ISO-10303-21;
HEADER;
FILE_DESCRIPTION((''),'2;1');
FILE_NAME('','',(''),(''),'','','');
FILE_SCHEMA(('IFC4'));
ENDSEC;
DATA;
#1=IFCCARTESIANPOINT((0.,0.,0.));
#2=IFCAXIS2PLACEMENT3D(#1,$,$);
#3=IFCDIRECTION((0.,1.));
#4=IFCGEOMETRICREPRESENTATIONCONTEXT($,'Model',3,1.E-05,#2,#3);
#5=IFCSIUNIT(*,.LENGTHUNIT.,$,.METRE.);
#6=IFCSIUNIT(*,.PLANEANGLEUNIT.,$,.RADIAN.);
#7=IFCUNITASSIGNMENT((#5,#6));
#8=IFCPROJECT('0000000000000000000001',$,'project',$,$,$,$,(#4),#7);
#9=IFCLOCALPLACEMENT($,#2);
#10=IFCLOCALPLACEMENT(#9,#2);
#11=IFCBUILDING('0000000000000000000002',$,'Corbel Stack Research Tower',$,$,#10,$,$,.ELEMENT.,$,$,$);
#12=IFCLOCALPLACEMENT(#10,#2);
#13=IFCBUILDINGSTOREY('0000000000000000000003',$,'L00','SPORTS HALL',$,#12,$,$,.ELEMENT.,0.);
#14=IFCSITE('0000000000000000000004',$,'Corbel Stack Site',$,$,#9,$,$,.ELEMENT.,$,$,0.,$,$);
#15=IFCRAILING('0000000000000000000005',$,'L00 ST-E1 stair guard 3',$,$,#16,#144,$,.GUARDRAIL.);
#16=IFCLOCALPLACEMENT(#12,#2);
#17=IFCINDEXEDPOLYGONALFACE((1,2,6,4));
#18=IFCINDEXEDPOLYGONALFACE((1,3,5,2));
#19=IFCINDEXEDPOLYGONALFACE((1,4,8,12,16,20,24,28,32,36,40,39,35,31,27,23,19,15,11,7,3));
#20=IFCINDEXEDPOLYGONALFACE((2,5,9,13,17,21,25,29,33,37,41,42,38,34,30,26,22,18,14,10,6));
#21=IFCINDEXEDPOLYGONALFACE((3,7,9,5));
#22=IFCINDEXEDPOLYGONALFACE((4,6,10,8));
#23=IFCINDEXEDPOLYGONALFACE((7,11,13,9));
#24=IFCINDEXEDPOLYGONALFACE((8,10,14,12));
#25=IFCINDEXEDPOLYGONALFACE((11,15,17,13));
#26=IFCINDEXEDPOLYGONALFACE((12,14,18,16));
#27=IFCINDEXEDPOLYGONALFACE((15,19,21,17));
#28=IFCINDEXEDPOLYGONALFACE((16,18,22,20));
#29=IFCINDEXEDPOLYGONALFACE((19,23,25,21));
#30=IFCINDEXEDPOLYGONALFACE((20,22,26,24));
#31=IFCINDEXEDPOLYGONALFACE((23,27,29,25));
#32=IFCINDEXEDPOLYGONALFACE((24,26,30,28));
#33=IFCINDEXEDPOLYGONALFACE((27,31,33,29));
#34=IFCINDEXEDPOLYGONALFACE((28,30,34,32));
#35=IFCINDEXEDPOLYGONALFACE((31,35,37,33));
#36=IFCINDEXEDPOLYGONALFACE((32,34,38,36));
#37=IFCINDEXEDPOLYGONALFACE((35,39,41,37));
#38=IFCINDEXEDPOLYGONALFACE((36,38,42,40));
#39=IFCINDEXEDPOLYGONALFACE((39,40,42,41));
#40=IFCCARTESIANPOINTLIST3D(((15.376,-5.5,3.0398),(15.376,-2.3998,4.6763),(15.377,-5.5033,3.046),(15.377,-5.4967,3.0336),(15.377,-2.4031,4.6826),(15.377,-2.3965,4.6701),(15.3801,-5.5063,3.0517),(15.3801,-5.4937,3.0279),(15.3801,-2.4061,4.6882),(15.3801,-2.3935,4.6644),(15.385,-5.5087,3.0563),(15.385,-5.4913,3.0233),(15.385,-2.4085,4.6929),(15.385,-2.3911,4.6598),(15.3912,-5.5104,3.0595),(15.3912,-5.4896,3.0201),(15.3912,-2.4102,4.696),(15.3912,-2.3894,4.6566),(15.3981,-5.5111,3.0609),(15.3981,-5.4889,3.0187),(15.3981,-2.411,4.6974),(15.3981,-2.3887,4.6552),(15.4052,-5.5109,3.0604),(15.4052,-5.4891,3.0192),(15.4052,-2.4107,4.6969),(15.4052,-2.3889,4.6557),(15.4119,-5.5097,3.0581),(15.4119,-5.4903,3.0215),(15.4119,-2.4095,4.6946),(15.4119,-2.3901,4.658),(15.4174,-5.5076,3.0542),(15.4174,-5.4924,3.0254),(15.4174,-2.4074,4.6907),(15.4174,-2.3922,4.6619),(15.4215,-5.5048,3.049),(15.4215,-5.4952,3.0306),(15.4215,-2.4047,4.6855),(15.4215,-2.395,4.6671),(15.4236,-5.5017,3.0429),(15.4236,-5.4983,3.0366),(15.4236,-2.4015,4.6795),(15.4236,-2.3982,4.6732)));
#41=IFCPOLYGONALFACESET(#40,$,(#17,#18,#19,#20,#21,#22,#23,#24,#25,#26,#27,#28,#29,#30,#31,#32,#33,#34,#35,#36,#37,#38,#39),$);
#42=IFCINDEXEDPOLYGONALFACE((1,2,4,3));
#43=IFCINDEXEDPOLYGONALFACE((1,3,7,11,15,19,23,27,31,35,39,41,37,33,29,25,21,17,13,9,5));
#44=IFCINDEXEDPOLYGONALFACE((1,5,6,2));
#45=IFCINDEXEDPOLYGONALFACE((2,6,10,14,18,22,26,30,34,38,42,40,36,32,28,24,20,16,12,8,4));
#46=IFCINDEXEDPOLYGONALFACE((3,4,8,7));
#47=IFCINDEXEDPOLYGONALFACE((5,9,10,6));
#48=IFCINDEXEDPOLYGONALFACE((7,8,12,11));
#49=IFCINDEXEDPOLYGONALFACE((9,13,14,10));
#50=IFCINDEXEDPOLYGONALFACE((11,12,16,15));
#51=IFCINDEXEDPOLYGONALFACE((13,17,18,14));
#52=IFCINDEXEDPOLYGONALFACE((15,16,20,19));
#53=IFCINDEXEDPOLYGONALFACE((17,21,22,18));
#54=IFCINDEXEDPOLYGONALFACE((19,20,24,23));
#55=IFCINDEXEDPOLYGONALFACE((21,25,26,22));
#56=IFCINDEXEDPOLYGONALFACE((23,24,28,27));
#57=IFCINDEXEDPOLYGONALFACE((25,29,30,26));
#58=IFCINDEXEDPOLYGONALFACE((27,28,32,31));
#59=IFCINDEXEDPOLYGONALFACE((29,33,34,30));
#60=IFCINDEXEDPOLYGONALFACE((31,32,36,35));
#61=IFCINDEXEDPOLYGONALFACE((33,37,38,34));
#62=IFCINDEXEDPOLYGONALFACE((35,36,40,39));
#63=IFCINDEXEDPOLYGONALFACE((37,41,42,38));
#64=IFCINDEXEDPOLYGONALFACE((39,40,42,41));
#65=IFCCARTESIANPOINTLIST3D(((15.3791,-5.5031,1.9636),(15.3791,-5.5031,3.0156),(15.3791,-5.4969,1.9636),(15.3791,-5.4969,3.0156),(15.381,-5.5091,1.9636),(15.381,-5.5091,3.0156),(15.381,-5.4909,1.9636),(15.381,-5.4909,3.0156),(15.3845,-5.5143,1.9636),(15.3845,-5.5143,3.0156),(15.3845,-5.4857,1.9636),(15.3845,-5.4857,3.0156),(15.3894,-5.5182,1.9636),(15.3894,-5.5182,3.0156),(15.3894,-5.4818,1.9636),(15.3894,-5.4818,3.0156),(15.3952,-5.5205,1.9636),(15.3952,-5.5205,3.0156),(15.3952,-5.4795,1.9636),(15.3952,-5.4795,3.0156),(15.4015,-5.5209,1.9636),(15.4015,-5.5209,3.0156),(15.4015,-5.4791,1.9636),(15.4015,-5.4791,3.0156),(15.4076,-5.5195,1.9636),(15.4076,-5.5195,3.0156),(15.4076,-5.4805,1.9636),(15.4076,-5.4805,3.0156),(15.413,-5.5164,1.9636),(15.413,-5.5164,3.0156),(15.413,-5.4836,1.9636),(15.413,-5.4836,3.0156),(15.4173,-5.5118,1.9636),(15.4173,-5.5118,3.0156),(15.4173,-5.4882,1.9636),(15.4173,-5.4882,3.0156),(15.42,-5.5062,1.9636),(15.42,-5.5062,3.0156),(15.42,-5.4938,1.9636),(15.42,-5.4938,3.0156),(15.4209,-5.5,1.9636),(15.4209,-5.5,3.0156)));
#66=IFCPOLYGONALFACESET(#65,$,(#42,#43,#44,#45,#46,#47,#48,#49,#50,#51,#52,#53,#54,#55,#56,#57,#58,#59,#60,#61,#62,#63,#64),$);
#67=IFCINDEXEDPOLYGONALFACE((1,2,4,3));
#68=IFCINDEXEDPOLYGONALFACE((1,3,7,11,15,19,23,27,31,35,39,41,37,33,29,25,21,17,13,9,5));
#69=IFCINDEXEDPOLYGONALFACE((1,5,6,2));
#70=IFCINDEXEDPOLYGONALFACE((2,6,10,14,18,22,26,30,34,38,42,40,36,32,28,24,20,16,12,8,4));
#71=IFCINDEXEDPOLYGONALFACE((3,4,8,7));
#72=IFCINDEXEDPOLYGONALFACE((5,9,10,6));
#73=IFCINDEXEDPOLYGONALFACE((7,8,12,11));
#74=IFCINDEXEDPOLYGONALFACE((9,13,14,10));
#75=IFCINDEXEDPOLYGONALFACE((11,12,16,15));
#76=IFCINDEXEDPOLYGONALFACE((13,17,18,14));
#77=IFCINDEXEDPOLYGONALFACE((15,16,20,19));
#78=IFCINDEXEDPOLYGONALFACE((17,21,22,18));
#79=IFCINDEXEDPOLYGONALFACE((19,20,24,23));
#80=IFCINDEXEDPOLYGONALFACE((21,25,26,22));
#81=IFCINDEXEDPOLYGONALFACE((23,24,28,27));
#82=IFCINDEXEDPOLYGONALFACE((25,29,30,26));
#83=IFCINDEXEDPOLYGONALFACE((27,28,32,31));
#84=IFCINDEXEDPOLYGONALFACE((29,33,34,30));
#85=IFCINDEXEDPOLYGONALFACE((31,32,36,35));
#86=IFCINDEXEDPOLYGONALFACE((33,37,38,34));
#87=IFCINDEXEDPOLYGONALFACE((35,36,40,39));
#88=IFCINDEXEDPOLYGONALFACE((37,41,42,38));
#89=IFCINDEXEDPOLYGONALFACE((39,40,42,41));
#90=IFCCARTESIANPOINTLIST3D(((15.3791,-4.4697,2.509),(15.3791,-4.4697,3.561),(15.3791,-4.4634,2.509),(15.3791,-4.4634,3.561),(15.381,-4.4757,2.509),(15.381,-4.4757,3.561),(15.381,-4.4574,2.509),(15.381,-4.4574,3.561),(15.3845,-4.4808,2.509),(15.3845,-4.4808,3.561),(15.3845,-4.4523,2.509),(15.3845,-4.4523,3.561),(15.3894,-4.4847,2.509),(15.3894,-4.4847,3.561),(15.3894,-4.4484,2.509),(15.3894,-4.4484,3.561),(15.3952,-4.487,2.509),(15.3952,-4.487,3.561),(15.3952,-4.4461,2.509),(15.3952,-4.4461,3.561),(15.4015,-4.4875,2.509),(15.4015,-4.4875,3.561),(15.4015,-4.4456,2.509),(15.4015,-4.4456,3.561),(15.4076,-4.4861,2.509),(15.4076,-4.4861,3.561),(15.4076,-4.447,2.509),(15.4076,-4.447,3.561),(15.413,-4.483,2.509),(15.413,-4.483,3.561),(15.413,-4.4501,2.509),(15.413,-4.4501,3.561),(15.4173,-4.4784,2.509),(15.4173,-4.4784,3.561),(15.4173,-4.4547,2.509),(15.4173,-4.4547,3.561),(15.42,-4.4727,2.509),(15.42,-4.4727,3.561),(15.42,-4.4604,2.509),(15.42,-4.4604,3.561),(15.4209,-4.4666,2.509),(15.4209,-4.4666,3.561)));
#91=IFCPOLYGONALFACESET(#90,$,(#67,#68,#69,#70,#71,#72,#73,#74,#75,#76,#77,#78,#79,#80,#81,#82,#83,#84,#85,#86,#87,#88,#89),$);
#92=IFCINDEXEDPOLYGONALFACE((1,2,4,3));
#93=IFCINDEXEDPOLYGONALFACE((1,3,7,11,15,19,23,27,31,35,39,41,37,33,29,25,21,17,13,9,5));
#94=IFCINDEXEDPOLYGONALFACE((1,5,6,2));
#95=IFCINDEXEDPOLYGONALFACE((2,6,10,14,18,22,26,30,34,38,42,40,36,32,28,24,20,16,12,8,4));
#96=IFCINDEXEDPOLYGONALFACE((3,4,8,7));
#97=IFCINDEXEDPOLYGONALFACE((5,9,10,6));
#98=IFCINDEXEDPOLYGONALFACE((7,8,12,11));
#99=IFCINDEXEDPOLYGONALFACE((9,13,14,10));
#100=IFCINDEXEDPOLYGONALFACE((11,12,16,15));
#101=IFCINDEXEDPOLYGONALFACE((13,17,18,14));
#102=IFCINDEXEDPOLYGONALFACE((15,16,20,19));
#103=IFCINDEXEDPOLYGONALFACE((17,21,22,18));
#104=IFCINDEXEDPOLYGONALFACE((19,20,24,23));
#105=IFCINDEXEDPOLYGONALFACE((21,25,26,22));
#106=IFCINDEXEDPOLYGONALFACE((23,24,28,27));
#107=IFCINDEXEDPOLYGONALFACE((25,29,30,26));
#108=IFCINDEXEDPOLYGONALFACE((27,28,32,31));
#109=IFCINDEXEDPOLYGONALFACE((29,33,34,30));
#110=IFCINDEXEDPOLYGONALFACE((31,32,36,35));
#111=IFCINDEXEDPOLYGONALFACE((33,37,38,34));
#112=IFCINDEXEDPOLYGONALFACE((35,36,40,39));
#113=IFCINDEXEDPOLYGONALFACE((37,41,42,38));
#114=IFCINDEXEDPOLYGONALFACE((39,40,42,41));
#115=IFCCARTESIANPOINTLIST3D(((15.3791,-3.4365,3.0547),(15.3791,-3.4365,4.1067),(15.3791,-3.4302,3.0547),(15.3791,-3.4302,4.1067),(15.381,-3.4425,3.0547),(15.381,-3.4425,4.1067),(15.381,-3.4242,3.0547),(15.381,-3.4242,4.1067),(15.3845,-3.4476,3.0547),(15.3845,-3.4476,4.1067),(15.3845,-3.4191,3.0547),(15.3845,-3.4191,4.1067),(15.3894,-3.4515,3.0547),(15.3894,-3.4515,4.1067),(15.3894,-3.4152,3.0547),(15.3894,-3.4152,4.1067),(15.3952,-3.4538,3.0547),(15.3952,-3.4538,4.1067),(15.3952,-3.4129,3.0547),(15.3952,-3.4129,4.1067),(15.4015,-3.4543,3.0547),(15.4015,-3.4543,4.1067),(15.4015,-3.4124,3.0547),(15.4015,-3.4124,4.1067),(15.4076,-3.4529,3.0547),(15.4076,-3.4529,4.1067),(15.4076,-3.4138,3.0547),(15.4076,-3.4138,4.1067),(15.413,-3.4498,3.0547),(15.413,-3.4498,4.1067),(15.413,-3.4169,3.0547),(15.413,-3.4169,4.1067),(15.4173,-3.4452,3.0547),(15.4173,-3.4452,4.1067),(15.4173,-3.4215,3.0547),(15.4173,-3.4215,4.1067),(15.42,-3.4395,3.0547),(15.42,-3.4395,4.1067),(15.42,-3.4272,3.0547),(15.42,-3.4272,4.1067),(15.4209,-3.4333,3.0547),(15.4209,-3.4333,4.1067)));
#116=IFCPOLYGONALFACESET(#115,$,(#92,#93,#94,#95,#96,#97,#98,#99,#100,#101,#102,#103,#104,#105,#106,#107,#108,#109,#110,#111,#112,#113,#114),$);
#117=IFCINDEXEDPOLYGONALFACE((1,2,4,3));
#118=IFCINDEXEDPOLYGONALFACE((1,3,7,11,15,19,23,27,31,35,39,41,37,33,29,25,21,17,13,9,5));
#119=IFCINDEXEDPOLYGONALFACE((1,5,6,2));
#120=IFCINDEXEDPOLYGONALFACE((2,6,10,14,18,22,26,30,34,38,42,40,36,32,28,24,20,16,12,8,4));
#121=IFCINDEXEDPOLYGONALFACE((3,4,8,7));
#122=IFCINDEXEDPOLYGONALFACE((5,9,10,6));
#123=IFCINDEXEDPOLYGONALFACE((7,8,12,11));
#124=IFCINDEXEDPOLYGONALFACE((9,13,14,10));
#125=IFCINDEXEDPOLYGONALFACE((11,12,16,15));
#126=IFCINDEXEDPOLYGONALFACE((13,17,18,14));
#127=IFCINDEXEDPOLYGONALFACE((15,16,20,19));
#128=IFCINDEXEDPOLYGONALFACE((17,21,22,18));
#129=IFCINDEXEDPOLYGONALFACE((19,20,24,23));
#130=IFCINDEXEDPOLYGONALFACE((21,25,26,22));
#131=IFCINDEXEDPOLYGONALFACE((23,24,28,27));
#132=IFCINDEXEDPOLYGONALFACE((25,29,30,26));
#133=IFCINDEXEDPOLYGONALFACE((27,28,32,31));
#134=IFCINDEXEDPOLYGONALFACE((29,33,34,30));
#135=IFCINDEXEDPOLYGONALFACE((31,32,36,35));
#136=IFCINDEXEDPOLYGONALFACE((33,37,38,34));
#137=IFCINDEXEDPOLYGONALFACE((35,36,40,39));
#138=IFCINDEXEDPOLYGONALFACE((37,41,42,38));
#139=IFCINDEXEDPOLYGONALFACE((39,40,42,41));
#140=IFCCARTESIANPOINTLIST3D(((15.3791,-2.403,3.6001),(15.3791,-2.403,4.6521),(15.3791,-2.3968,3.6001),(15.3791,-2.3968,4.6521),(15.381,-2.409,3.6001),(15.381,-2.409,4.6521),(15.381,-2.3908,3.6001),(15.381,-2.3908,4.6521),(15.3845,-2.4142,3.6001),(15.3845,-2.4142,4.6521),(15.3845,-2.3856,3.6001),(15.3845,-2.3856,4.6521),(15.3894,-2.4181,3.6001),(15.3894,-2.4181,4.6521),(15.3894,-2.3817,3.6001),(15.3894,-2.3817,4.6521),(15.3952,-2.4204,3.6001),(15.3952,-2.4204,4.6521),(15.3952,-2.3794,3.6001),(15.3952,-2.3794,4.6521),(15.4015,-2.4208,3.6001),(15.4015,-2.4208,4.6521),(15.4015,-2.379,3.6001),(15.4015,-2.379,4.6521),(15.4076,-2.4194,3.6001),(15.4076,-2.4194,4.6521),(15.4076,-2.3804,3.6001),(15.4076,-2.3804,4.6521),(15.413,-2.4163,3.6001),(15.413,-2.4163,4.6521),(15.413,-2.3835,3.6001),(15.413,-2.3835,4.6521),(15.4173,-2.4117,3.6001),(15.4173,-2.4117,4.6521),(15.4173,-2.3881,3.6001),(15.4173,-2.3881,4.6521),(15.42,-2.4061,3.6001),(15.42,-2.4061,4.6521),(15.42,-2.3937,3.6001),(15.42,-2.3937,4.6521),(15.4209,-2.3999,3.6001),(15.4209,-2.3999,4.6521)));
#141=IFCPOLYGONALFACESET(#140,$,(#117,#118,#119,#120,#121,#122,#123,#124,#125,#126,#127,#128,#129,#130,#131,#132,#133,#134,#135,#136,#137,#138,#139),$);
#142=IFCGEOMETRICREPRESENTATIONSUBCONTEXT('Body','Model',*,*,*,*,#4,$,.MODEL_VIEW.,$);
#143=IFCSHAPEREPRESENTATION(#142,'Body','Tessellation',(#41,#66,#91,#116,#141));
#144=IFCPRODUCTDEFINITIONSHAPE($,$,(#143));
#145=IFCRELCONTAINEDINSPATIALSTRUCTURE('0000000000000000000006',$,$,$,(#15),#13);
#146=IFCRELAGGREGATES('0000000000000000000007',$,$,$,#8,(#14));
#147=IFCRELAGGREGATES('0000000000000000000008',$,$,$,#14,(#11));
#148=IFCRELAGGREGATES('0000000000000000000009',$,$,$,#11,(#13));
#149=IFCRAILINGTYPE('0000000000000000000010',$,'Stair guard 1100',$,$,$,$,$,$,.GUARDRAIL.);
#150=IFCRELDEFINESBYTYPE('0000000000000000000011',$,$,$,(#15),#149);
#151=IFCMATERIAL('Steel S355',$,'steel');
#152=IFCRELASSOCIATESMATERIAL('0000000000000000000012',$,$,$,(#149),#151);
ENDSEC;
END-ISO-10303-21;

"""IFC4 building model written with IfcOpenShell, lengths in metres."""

from ifc_helpers import new_model, si_unit, direction, frame, origin, origin_2d, place, context, subcontext, project, spatial, circle, extrude, material, type_object, element, save


model = new_model("IFC4")

# Units and contexts
model_context = context("Model", 3, precision=1e-05, world=origin(), true_north=direction((0.0, 1.0)))
body_context = subcontext(model_context, "Body", "Model", "MODEL_VIEW")
ifc_project = project(units=[si_unit("LENGTHUNIT", "METRE"), si_unit("PLANEANGLEUNIT", "RADIAN")], contexts=[model_context])

# Site, building, storey
site_placement = place(None, origin())
site = spatial("IfcSite", under=ifc_project, at=site_placement, Name="Corbel Stack Site", CompositionType="ELEMENT", RefElevation=0.0)
building_placement = place(site_placement, origin())
building = spatial("IfcBuilding", under=site, at=building_placement, Name="Corbel Stack Research Tower", CompositionType="ELEMENT")
storey_placement = place(building_placement, origin())
storey = spatial("IfcBuildingStorey", under=building, at=storey_placement, Name="L00", Description="SPORTS HALL", CompositionType="ELEMENT", Elevation=0.0)

# Railing
ifc_material_1 = material(Name="Steel S355", Category="steel")
railing_type_1 = type_object("IfcRailingType", Name="Stair guard 1100", PredefinedType="GUARDRAIL", material=ifc_material_1)
railing_1_placement = place(storey_placement, frame((15.3999, -5.5, 1.9636)))
element("IfcRailing", 1, at=railing_1_placement, inside=storey, type_object=railing_type_1, Name="L00 ST-E1 stair guard 3", PredefinedType="GUARDRAIL", context=body_context, shape_type="SweptSolid", body=[
    extrude(circle(Radius=0.0239, at=origin_2d()), frame((0.0, 0.0, 1.0762), z_axis=(0.0, 0.884348, 0.466828), x_axis=(-1.0, 0.0, 0.0)), (0.0, 0.0, 1.0), 3.5056),
    extrude(circle(Radius=0.021, at=origin_2d()), origin(), (0.0, 0.0, 1.0), 1.052),
    extrude(circle(Radius=0.021, at=origin_2d()), frame((0.0, 1.0334, 0.5454)), (0.0, 0.0, 1.0), 1.052),
    extrude(circle(Radius=0.021, at=origin_2d()), frame((0.0, 2.0667, 1.0911)), (0.0, 0.0, 1.0), 1.052),
    extrude(circle(Radius=0.021, at=origin_2d()), frame((0.0, 3.1001, 1.6365)), (0.0, 0.0, 1.0), 1.052),
])

save(model, "model.ifc")
